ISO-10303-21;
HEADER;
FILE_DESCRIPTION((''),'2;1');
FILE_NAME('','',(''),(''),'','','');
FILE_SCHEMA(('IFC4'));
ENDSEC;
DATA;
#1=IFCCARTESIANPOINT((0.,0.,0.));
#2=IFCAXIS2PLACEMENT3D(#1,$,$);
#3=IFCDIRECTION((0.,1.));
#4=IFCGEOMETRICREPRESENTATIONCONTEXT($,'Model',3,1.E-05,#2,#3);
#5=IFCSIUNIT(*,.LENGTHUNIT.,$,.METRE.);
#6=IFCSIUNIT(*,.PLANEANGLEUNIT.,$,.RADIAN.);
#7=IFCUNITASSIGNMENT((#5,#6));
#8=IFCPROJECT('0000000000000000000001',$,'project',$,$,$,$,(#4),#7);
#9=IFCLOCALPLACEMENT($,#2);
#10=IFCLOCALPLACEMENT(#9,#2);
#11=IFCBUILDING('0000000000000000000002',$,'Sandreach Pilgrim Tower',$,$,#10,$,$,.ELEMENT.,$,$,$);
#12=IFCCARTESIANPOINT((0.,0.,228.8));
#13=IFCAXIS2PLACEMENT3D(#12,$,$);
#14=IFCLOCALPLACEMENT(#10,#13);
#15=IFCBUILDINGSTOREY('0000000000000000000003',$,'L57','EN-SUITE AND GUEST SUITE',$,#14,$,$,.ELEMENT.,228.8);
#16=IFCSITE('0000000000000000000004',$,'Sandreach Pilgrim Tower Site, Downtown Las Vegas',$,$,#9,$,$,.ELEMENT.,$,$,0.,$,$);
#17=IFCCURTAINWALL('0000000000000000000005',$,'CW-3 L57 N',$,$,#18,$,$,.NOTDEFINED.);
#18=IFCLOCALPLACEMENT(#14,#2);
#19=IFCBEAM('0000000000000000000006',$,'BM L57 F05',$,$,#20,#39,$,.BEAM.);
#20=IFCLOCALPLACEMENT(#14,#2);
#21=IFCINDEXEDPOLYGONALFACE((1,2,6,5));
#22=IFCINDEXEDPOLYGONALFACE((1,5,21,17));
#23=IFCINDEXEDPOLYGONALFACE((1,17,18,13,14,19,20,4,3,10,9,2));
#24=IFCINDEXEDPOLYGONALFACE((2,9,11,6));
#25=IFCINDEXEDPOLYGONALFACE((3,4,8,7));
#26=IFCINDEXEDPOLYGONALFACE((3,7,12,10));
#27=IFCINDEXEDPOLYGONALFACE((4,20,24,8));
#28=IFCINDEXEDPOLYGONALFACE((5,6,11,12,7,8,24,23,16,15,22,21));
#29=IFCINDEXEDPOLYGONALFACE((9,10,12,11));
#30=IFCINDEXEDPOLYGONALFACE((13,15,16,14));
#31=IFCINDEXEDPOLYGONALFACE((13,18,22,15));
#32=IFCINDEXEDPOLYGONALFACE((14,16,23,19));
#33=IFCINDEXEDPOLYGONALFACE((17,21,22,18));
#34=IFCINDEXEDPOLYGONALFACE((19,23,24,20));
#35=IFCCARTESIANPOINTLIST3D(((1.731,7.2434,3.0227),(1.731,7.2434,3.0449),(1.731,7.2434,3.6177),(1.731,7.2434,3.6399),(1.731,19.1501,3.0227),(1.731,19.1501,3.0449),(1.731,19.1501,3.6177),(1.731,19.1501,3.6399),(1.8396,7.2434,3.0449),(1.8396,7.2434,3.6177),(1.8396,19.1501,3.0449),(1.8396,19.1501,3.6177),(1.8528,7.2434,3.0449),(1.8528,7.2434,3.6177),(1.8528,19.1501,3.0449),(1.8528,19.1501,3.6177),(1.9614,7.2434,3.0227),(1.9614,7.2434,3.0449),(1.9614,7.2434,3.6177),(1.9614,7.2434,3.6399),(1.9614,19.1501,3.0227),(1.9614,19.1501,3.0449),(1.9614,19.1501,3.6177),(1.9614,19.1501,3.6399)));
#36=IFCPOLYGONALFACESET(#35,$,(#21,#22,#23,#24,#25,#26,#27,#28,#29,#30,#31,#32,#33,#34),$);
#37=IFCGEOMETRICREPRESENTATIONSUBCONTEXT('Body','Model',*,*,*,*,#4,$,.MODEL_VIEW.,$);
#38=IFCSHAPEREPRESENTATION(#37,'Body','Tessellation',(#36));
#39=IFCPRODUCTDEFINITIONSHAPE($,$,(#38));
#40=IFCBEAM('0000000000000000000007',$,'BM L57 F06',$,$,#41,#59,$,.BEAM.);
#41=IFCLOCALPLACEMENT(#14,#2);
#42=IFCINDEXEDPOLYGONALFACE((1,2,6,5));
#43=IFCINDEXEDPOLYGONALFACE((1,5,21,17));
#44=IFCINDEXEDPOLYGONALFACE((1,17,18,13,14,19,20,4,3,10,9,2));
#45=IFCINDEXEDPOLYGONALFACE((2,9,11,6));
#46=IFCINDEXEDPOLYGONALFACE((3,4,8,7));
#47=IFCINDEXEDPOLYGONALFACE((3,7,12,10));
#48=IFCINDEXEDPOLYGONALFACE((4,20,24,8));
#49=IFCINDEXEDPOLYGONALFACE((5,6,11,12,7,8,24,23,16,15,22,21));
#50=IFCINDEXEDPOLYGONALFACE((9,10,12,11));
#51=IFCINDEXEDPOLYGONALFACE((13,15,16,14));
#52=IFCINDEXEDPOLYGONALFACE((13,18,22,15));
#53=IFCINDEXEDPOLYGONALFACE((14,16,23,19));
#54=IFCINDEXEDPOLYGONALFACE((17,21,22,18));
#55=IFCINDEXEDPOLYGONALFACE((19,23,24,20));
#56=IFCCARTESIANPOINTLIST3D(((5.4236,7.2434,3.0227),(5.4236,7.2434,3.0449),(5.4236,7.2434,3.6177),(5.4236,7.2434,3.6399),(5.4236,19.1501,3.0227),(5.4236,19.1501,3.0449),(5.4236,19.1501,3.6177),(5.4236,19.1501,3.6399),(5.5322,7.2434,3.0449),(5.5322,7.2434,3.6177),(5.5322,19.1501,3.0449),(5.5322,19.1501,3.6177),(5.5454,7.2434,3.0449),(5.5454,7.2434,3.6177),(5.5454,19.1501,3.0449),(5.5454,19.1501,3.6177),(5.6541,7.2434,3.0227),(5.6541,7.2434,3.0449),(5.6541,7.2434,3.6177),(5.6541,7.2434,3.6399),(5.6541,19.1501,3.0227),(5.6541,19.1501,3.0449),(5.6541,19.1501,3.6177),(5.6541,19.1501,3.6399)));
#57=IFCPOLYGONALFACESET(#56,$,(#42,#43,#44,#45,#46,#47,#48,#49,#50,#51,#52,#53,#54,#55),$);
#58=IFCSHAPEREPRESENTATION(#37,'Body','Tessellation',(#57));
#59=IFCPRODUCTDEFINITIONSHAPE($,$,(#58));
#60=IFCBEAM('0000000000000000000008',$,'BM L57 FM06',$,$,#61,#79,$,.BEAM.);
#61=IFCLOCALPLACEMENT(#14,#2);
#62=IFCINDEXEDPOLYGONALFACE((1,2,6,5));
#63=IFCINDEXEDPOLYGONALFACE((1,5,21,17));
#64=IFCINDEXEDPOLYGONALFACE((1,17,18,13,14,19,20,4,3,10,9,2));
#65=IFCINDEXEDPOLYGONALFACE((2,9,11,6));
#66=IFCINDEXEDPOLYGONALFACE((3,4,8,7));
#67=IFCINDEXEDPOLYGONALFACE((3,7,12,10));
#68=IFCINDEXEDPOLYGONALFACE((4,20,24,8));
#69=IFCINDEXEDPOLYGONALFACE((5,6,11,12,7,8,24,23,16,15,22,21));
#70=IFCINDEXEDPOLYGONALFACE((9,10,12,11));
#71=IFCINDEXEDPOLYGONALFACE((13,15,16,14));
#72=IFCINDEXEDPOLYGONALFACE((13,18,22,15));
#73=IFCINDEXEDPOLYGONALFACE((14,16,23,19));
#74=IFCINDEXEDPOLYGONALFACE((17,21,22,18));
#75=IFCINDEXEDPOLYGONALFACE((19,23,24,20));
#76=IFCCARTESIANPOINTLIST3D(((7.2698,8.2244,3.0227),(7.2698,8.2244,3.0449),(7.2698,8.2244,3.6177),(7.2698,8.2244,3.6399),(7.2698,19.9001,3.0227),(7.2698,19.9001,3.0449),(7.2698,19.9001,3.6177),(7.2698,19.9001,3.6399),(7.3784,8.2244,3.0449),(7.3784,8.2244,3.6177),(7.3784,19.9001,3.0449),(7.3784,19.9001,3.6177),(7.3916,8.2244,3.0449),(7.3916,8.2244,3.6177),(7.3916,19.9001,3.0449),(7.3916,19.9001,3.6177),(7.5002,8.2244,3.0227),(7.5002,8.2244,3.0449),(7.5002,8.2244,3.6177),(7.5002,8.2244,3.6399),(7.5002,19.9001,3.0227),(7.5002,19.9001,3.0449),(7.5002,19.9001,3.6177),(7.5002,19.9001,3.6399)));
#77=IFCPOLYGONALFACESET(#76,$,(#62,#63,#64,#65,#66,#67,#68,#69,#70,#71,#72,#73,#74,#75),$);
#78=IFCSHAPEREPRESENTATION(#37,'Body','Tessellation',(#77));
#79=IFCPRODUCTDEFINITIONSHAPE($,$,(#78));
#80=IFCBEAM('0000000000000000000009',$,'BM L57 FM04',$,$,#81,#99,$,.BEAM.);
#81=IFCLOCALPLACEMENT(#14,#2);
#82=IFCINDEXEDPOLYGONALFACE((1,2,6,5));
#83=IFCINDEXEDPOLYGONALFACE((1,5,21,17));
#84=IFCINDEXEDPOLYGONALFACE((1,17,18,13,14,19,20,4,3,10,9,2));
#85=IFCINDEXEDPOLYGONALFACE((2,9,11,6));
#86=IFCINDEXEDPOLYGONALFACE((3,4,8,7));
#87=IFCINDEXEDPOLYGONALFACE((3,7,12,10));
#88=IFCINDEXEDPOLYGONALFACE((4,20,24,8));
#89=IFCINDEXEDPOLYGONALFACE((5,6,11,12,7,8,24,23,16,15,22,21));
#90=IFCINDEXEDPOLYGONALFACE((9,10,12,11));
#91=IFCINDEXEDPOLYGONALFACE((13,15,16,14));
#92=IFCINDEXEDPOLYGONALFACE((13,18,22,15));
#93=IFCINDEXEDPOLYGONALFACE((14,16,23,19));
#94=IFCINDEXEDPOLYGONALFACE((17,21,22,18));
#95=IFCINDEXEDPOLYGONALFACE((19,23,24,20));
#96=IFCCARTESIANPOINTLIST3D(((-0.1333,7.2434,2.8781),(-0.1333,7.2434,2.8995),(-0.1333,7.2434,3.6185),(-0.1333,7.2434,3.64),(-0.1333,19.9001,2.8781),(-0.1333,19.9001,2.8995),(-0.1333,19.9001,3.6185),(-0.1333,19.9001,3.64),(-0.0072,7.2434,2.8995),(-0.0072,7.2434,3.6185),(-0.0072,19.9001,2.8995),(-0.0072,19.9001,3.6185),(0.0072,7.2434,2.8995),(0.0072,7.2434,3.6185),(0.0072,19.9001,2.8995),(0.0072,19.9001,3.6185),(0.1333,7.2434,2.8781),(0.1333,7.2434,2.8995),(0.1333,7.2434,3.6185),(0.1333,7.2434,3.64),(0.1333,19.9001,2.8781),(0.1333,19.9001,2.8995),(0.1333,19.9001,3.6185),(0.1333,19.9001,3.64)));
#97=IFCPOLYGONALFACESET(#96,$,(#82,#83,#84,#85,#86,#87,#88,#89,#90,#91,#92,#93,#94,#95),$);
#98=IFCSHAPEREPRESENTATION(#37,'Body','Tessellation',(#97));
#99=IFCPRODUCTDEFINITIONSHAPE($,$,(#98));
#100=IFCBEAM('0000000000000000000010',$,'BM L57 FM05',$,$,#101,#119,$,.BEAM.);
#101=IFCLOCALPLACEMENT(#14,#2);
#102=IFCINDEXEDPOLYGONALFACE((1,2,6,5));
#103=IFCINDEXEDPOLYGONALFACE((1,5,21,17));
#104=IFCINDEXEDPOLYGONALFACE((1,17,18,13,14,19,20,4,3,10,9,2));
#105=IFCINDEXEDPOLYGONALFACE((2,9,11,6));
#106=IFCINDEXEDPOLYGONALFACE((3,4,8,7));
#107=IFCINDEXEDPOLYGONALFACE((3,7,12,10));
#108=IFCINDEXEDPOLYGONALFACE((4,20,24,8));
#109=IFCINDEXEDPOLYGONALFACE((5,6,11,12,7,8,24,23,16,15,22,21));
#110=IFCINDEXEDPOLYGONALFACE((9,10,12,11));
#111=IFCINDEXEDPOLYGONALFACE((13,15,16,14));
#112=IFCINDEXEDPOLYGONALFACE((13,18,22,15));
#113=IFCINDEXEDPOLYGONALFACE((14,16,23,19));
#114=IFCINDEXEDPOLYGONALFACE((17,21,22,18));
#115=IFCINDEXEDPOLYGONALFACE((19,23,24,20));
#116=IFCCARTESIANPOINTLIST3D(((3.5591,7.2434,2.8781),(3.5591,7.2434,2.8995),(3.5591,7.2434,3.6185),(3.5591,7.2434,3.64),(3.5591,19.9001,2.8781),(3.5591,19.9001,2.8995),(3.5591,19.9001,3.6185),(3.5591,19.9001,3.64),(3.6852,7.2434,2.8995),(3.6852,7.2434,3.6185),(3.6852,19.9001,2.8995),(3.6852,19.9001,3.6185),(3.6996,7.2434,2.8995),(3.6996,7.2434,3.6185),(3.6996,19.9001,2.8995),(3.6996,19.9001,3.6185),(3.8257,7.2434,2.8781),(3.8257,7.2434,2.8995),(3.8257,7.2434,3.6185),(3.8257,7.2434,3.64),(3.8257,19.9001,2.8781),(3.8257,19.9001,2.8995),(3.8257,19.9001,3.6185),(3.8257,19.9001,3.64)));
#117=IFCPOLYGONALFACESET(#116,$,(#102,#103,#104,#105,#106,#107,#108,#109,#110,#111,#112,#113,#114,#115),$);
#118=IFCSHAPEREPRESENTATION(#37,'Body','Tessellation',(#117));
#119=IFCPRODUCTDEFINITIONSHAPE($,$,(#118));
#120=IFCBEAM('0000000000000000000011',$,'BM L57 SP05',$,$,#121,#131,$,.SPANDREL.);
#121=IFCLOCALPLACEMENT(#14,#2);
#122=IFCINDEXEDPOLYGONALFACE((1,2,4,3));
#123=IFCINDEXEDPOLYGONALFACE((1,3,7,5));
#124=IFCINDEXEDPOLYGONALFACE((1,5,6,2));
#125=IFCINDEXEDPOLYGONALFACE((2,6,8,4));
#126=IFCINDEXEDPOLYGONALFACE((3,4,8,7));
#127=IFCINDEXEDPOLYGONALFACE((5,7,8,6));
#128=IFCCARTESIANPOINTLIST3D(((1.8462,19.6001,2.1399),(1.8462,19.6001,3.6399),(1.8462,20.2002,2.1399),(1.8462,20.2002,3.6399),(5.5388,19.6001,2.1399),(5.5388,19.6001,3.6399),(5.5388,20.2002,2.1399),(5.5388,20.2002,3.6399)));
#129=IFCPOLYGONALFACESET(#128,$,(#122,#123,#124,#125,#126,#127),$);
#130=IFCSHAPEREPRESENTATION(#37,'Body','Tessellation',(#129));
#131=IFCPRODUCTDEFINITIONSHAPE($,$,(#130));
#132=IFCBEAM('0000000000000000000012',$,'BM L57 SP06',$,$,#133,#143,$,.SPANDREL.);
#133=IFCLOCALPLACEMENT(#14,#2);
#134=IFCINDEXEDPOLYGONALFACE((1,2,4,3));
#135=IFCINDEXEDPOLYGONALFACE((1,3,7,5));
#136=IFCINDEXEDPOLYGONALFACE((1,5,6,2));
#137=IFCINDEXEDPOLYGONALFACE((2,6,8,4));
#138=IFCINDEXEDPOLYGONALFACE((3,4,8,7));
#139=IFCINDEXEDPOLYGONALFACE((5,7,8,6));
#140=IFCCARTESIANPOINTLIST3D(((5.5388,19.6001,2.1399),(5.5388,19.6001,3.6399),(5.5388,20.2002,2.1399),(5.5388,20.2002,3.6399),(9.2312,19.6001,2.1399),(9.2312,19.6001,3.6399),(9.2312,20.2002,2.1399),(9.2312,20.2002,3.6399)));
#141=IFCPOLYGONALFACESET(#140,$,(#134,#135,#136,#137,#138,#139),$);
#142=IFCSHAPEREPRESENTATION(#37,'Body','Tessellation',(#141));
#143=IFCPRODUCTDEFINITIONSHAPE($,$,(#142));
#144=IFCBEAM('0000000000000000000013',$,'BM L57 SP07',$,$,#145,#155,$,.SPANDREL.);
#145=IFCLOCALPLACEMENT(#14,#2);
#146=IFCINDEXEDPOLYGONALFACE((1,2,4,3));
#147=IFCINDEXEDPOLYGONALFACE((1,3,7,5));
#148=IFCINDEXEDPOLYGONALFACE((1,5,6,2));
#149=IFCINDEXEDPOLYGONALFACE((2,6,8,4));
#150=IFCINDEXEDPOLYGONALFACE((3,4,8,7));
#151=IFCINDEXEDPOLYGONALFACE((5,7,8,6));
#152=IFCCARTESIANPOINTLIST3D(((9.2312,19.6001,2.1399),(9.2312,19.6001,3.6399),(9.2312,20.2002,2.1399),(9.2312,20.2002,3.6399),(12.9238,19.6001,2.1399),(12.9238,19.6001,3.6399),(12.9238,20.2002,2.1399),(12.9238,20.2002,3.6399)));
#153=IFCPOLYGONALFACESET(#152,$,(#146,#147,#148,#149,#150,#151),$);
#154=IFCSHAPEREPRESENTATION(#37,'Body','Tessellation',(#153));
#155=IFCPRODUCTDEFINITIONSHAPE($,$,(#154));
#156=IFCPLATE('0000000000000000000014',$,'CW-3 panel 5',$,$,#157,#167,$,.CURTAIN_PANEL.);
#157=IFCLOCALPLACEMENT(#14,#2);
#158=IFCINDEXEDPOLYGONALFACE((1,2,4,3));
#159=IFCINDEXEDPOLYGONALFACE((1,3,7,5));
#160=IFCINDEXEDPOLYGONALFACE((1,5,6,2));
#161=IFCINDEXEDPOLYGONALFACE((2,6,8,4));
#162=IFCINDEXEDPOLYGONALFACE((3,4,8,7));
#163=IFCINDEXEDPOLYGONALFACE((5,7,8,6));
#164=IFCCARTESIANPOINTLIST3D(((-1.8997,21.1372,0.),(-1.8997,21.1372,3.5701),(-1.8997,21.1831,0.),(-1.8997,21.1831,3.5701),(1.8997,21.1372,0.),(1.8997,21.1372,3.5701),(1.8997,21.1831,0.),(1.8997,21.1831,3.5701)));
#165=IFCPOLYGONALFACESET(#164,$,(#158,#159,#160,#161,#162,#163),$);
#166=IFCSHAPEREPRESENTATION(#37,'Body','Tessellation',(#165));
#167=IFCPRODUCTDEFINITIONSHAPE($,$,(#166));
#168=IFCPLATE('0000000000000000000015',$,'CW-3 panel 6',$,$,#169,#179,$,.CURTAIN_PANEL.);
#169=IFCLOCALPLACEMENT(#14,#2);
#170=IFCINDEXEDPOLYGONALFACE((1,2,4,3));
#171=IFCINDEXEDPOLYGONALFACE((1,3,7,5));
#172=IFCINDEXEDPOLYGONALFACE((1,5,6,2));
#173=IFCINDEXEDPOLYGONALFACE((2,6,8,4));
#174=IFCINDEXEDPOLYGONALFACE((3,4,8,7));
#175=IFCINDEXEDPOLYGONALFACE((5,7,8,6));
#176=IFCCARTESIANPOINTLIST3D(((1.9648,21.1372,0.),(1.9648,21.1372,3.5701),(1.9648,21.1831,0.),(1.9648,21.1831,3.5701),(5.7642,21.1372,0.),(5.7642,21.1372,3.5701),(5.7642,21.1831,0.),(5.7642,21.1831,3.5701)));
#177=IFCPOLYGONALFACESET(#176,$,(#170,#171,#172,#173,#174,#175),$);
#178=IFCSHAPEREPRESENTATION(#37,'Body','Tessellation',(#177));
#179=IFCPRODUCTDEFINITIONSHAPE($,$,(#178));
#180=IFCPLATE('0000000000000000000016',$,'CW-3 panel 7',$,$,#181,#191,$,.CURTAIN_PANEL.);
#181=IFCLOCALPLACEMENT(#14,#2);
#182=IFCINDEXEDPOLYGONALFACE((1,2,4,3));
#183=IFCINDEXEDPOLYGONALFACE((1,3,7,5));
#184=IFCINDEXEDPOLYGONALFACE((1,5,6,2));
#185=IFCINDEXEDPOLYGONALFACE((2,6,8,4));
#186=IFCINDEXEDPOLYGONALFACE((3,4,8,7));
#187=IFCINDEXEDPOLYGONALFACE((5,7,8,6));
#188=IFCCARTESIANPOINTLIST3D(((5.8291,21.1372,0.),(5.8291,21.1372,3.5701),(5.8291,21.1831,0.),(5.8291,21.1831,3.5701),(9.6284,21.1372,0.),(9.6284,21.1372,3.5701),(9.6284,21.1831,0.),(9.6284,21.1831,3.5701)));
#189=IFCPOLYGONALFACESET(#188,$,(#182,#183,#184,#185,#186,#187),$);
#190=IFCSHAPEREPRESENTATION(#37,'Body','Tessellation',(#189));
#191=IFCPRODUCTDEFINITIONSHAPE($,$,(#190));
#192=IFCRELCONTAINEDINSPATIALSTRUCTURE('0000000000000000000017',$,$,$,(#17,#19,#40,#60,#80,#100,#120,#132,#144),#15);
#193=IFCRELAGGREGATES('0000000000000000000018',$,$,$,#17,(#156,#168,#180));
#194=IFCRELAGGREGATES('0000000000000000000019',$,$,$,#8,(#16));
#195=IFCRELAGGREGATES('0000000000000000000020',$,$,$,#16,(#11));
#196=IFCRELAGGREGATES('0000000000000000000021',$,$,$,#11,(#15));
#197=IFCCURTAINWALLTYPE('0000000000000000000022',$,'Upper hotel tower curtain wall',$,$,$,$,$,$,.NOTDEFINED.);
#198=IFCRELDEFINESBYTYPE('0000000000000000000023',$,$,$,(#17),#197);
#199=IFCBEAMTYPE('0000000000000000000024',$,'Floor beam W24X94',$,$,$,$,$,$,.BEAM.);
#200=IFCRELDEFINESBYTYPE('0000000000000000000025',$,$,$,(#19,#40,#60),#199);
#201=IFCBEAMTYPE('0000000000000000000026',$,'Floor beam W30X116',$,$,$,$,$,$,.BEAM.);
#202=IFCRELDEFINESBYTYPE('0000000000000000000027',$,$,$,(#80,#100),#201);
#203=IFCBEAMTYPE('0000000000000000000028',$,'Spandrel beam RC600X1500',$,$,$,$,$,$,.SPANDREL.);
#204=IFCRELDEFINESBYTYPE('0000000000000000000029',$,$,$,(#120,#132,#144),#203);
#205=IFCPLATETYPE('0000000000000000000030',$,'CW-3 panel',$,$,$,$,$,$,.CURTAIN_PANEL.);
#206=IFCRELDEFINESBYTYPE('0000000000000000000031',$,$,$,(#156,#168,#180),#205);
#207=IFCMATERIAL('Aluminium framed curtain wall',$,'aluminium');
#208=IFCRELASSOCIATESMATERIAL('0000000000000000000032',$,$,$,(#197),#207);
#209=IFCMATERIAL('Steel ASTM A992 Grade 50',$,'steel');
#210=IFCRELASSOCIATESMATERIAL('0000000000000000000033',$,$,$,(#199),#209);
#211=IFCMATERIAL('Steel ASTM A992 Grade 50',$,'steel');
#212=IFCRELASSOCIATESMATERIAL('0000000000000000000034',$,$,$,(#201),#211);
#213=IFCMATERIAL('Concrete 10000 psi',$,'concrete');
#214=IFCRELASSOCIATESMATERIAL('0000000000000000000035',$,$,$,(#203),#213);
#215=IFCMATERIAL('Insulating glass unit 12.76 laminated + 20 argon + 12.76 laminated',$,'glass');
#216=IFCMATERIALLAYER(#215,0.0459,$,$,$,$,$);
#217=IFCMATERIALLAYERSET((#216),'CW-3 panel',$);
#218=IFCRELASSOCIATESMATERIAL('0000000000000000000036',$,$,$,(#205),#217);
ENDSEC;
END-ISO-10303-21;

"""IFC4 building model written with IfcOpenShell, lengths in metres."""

from ifc_helpers import new_model, si_unit, direction, frame, origin, origin_2d, place, context, subcontext, project, spatial, rectangle, i_section, extrude, material, layer, layer_set, material_profile, profile_set, type_object, element, aggregate, save


model = new_model("IFC4")

# Units and contexts
model_context = context("Model", 3, precision=1e-05, world=origin(), true_north=direction((0.0, 1.0)))
body_context = subcontext(model_context, "Body", "Model", "MODEL_VIEW")
ifc_project = project(units=[si_unit("LENGTHUNIT", "METRE"), si_unit("PLANEANGLEUNIT", "RADIAN")], contexts=[model_context])

# Site, building, storey
site_placement = place(None, origin())
site = spatial("IfcSite", under=ifc_project, at=site_placement, Name="Sandreach Pilgrim Tower Site, Downtown Las Vegas", CompositionType="ELEMENT", RefElevation=0.0)
building_placement = place(site_placement, origin())
building = spatial("IfcBuilding", under=site, at=building_placement, Name="Sandreach Pilgrim Tower", CompositionType="ELEMENT")
storey_placement = place(building_placement, frame((0.0, 0.0, 228.8)))
storey = spatial("IfcBuildingStorey", under=building, at=storey_placement, Name="L57", Description="EN-SUITE AND GUEST SUITE", CompositionType="ELEMENT", Elevation=228.8)

# Curtain wall
ifc_material_1 = material(Name="Aluminium framed curtain wall", Category="aluminium")
curtain_wall_type = type_object("IfcCurtainWallType", Name="Upper hotel tower curtain wall", PredefinedType="NOTDEFINED", material=ifc_material_1)
curtain_wall_placement = place(storey_placement, origin())
curtain_wall = element("IfcCurtainWall", 1, at=curtain_wall_placement, inside=storey, type_object=curtain_wall_type, Name="CW-3 L57 N", PredefinedType="NOTDEFINED")

# Beams
ifc_material_2 = material(Name="Steel ASTM A992 Grade 50", Category="steel")
ifc_material_profile_1 = material_profile(ifc_material_2, i_section(OverallWidth=0.2305, OverallDepth=0.6172, WebThickness=0.0132, FlangeThickness=0.0222, at=origin_2d()), Name="W24X94")
ifc_profile_set_1 = profile_set([ifc_material_profile_1], Name="Steel ASTM A992 Grade 50")
beam_type_1 = type_object("IfcBeamType", Name="Floor beam W24X94", PredefinedType="BEAM", material=ifc_profile_set_1)
for number, where, z_axis, x_axis, name in (
    (2, (1.8462, 19.1501, 3.3313), (0.0, -1.0, 0.0), (1.0, 0.0, 0.0), "BM L57 F05"),
    (3, (5.5388, 19.1501, 3.3313), (0.0, -1.0, 0.0), (1.0, 0.0, 0.0), "BM L57 F06"),
):
    element("IfcBeam", number, at=place(storey_placement, frame(where, z_axis=z_axis, x_axis=x_axis)), inside=storey, type_object=beam_type_1, Name=name, PredefinedType="BEAM", context=body_context, shape_type="SweptSolid", body=[
        extrude(i_section(OverallWidth=0.2305, OverallDepth=0.6172, WebThickness=0.0132, FlangeThickness=0.0222, at=origin_2d()), origin(), (0.0, 0.0, 1.0), 11.9067),
    ])
beam_1_placement = place(storey_placement, frame((7.385, 19.9001, 3.3313), z_axis=(0.0, -1.0, 0.0), x_axis=(1.0, 0.0, 0.0)))
element("IfcBeam", 4, at=beam_1_placement, inside=storey, type_object=beam_type_1, Name="BM L57 FM06", PredefinedType="BEAM", context=body_context, shape_type="SweptSolid", body=[
    extrude(i_section(OverallWidth=0.2305, OverallDepth=0.6172, WebThickness=0.0132, FlangeThickness=0.0222, at=origin_2d()), origin(), (0.0, 0.0, 1.0), 11.6758),
])
ifc_material_3 = material(Name="Steel ASTM A992 Grade 50", Category="steel")
ifc_material_profile_2 = material_profile(ifc_material_3, i_section(OverallWidth=0.2666, OverallDepth=0.762, WebThickness=0.0144, FlangeThickness=0.0215, at=origin_2d()), Name="W30X116")
ifc_profile_set_2 = profile_set([ifc_material_profile_2], Name="Steel ASTM A992 Grade 50")
beam_type_2 = type_object("IfcBeamType", Name="Floor beam W30X116", PredefinedType="BEAM", material=ifc_profile_set_2)
for number, where, z_axis, x_axis, name in (
    (5, (0.0, 19.9001, 3.259), (0.0, -1.0, 0.0), (1.0, 0.0, 0.0), "BM L57 FM04"),
    (6, (3.6924, 19.9001, 3.259), (0.0, -1.0, 0.0), (1.0, 0.0, 0.0), "BM L57 FM05"),
):
    element("IfcBeam", number, at=place(storey_placement, frame(where, z_axis=z_axis, x_axis=x_axis)), inside=storey, type_object=beam_type_2, Name=name, PredefinedType="BEAM", context=body_context, shape_type="SweptSolid", body=[
        extrude(i_section(OverallWidth=0.2666, OverallDepth=0.762, WebThickness=0.0144, FlangeThickness=0.0215, at=origin_2d()), origin(), (0.0, 0.0, 1.0), 12.6567),
    ])
ifc_material_4 = material(Name="Concrete 10000 psi", Category="concrete")
ifc_material_profile_3 = material_profile(ifc_material_4, rectangle(XDim=0.6001, YDim=1.5, at=origin_2d()), Name="RC600X1500")
ifc_profile_set_3 = profile_set([ifc_material_profile_3], Name="Concrete 10000 psi")
beam_type_3 = type_object("IfcBeamType", Name="Spandrel beam RC600X1500", PredefinedType="SPANDREL", material=ifc_profile_set_3)
beam_2_placement = place(storey_placement, frame((1.8462, 19.9001, 2.8899), z_axis=(1.0, 0.0, 0.0), x_axis=(0.0, 1.0, 0.0)))
element("IfcBeam", 7, at=beam_2_placement, inside=storey, type_object=beam_type_3, Name="BM L57 SP05", PredefinedType="SPANDREL", context=body_context, shape_type="SweptSolid", body=[
    extrude(rectangle(XDim=0.6001, YDim=1.5, at=origin_2d()), origin(), (0.0, 0.0, 1.0), 3.6926),
])
beam_3_placement = place(storey_placement, frame((5.5388, 19.9001, 2.8899), z_axis=(1.0, 0.0, 0.0), x_axis=(0.0, 1.0, 0.0)))
element("IfcBeam", 8, at=beam_3_placement, inside=storey, type_object=beam_type_3, Name="BM L57 SP06", PredefinedType="SPANDREL", context=body_context, shape_type="SweptSolid", body=[
    extrude(rectangle(XDim=0.6001, YDim=1.5, at=origin_2d()), origin(), (0.0, 0.0, 1.0), 3.6924),
])
beam_4_placement = place(storey_placement, frame((9.2312, 19.9001, 2.8899), z_axis=(1.0, 0.0, 0.0), x_axis=(0.0, 1.0, 0.0)))
element("IfcBeam", 9, at=beam_4_placement, inside=storey, type_object=beam_type_3, Name="BM L57 SP07", PredefinedType="SPANDREL", context=body_context, shape_type="SweptSolid", body=[
    extrude(rectangle(XDim=0.6001, YDim=1.5, at=origin_2d()), origin(), (0.0, 0.0, 1.0), 3.6926),
])

# Plates
ifc_material_5 = material(Name="Insulating glass unit 12.76 laminated + 20 argon + 12.76 laminated", Category="glass")
ifc_layer_1 = layer(ifc_material_5, 0.0459)
ifc_layer_set_1 = layer_set([ifc_layer_1], Name="CW-3 panel")
plate_type = type_object("IfcPlateType", Name="CW-3 panel", PredefinedType="CURTAIN_PANEL", material=ifc_layer_set_1)
plate_1_placement = place(storey_placement, frame((0.0, 21.1602, 0.0), z_axis=(0.0, 0.0, 1.0), x_axis=(1.0, 0.0, 0.0)))
plate_1 = element("IfcPlate", 10, at=plate_1_placement, type_object=plate_type, Name="CW-3 panel 5", PredefinedType="CURTAIN_PANEL", context=body_context, shape_type="SweptSolid", body=[
    extrude(rectangle(XDim=3.7993, YDim=0.0459, at=origin_2d()), origin(), (0.0, 0.0, 1.0), 3.5701),
])
plate_2_placement = place(storey_placement, frame((3.8645, 21.1602, 0.0), z_axis=(0.0, 0.0, 1.0), x_axis=(1.0, 0.0, 0.0)))
plate_2 = element("IfcPlate", 11, at=plate_2_placement, type_object=plate_type, Name="CW-3 panel 6", PredefinedType="CURTAIN_PANEL", context=body_context, shape_type="SweptSolid", body=[
    extrude(rectangle(XDim=3.7993, YDim=0.0459, at=origin_2d()), origin(), (0.0, 0.0, 1.0), 3.5701),
])
plate_3_placement = place(storey_placement, frame((7.7288, 21.1602, 0.0), z_axis=(0.0, 0.0, 1.0), x_axis=(1.0, 0.0, 0.0)))
plate_3 = element("IfcPlate", 12, at=plate_3_placement, type_object=plate_type, Name="CW-3 panel 7", PredefinedType="CURTAIN_PANEL", context=body_context, shape_type="SweptSolid", body=[
    extrude(rectangle(XDim=3.7993, YDim=0.0459, at=origin_2d()), origin(), (0.0, 0.0, 1.0), 3.5701),
])
aggregate(curtain_wall, [plate_1, plate_2, plate_3])

save(model, "model.ifc")
